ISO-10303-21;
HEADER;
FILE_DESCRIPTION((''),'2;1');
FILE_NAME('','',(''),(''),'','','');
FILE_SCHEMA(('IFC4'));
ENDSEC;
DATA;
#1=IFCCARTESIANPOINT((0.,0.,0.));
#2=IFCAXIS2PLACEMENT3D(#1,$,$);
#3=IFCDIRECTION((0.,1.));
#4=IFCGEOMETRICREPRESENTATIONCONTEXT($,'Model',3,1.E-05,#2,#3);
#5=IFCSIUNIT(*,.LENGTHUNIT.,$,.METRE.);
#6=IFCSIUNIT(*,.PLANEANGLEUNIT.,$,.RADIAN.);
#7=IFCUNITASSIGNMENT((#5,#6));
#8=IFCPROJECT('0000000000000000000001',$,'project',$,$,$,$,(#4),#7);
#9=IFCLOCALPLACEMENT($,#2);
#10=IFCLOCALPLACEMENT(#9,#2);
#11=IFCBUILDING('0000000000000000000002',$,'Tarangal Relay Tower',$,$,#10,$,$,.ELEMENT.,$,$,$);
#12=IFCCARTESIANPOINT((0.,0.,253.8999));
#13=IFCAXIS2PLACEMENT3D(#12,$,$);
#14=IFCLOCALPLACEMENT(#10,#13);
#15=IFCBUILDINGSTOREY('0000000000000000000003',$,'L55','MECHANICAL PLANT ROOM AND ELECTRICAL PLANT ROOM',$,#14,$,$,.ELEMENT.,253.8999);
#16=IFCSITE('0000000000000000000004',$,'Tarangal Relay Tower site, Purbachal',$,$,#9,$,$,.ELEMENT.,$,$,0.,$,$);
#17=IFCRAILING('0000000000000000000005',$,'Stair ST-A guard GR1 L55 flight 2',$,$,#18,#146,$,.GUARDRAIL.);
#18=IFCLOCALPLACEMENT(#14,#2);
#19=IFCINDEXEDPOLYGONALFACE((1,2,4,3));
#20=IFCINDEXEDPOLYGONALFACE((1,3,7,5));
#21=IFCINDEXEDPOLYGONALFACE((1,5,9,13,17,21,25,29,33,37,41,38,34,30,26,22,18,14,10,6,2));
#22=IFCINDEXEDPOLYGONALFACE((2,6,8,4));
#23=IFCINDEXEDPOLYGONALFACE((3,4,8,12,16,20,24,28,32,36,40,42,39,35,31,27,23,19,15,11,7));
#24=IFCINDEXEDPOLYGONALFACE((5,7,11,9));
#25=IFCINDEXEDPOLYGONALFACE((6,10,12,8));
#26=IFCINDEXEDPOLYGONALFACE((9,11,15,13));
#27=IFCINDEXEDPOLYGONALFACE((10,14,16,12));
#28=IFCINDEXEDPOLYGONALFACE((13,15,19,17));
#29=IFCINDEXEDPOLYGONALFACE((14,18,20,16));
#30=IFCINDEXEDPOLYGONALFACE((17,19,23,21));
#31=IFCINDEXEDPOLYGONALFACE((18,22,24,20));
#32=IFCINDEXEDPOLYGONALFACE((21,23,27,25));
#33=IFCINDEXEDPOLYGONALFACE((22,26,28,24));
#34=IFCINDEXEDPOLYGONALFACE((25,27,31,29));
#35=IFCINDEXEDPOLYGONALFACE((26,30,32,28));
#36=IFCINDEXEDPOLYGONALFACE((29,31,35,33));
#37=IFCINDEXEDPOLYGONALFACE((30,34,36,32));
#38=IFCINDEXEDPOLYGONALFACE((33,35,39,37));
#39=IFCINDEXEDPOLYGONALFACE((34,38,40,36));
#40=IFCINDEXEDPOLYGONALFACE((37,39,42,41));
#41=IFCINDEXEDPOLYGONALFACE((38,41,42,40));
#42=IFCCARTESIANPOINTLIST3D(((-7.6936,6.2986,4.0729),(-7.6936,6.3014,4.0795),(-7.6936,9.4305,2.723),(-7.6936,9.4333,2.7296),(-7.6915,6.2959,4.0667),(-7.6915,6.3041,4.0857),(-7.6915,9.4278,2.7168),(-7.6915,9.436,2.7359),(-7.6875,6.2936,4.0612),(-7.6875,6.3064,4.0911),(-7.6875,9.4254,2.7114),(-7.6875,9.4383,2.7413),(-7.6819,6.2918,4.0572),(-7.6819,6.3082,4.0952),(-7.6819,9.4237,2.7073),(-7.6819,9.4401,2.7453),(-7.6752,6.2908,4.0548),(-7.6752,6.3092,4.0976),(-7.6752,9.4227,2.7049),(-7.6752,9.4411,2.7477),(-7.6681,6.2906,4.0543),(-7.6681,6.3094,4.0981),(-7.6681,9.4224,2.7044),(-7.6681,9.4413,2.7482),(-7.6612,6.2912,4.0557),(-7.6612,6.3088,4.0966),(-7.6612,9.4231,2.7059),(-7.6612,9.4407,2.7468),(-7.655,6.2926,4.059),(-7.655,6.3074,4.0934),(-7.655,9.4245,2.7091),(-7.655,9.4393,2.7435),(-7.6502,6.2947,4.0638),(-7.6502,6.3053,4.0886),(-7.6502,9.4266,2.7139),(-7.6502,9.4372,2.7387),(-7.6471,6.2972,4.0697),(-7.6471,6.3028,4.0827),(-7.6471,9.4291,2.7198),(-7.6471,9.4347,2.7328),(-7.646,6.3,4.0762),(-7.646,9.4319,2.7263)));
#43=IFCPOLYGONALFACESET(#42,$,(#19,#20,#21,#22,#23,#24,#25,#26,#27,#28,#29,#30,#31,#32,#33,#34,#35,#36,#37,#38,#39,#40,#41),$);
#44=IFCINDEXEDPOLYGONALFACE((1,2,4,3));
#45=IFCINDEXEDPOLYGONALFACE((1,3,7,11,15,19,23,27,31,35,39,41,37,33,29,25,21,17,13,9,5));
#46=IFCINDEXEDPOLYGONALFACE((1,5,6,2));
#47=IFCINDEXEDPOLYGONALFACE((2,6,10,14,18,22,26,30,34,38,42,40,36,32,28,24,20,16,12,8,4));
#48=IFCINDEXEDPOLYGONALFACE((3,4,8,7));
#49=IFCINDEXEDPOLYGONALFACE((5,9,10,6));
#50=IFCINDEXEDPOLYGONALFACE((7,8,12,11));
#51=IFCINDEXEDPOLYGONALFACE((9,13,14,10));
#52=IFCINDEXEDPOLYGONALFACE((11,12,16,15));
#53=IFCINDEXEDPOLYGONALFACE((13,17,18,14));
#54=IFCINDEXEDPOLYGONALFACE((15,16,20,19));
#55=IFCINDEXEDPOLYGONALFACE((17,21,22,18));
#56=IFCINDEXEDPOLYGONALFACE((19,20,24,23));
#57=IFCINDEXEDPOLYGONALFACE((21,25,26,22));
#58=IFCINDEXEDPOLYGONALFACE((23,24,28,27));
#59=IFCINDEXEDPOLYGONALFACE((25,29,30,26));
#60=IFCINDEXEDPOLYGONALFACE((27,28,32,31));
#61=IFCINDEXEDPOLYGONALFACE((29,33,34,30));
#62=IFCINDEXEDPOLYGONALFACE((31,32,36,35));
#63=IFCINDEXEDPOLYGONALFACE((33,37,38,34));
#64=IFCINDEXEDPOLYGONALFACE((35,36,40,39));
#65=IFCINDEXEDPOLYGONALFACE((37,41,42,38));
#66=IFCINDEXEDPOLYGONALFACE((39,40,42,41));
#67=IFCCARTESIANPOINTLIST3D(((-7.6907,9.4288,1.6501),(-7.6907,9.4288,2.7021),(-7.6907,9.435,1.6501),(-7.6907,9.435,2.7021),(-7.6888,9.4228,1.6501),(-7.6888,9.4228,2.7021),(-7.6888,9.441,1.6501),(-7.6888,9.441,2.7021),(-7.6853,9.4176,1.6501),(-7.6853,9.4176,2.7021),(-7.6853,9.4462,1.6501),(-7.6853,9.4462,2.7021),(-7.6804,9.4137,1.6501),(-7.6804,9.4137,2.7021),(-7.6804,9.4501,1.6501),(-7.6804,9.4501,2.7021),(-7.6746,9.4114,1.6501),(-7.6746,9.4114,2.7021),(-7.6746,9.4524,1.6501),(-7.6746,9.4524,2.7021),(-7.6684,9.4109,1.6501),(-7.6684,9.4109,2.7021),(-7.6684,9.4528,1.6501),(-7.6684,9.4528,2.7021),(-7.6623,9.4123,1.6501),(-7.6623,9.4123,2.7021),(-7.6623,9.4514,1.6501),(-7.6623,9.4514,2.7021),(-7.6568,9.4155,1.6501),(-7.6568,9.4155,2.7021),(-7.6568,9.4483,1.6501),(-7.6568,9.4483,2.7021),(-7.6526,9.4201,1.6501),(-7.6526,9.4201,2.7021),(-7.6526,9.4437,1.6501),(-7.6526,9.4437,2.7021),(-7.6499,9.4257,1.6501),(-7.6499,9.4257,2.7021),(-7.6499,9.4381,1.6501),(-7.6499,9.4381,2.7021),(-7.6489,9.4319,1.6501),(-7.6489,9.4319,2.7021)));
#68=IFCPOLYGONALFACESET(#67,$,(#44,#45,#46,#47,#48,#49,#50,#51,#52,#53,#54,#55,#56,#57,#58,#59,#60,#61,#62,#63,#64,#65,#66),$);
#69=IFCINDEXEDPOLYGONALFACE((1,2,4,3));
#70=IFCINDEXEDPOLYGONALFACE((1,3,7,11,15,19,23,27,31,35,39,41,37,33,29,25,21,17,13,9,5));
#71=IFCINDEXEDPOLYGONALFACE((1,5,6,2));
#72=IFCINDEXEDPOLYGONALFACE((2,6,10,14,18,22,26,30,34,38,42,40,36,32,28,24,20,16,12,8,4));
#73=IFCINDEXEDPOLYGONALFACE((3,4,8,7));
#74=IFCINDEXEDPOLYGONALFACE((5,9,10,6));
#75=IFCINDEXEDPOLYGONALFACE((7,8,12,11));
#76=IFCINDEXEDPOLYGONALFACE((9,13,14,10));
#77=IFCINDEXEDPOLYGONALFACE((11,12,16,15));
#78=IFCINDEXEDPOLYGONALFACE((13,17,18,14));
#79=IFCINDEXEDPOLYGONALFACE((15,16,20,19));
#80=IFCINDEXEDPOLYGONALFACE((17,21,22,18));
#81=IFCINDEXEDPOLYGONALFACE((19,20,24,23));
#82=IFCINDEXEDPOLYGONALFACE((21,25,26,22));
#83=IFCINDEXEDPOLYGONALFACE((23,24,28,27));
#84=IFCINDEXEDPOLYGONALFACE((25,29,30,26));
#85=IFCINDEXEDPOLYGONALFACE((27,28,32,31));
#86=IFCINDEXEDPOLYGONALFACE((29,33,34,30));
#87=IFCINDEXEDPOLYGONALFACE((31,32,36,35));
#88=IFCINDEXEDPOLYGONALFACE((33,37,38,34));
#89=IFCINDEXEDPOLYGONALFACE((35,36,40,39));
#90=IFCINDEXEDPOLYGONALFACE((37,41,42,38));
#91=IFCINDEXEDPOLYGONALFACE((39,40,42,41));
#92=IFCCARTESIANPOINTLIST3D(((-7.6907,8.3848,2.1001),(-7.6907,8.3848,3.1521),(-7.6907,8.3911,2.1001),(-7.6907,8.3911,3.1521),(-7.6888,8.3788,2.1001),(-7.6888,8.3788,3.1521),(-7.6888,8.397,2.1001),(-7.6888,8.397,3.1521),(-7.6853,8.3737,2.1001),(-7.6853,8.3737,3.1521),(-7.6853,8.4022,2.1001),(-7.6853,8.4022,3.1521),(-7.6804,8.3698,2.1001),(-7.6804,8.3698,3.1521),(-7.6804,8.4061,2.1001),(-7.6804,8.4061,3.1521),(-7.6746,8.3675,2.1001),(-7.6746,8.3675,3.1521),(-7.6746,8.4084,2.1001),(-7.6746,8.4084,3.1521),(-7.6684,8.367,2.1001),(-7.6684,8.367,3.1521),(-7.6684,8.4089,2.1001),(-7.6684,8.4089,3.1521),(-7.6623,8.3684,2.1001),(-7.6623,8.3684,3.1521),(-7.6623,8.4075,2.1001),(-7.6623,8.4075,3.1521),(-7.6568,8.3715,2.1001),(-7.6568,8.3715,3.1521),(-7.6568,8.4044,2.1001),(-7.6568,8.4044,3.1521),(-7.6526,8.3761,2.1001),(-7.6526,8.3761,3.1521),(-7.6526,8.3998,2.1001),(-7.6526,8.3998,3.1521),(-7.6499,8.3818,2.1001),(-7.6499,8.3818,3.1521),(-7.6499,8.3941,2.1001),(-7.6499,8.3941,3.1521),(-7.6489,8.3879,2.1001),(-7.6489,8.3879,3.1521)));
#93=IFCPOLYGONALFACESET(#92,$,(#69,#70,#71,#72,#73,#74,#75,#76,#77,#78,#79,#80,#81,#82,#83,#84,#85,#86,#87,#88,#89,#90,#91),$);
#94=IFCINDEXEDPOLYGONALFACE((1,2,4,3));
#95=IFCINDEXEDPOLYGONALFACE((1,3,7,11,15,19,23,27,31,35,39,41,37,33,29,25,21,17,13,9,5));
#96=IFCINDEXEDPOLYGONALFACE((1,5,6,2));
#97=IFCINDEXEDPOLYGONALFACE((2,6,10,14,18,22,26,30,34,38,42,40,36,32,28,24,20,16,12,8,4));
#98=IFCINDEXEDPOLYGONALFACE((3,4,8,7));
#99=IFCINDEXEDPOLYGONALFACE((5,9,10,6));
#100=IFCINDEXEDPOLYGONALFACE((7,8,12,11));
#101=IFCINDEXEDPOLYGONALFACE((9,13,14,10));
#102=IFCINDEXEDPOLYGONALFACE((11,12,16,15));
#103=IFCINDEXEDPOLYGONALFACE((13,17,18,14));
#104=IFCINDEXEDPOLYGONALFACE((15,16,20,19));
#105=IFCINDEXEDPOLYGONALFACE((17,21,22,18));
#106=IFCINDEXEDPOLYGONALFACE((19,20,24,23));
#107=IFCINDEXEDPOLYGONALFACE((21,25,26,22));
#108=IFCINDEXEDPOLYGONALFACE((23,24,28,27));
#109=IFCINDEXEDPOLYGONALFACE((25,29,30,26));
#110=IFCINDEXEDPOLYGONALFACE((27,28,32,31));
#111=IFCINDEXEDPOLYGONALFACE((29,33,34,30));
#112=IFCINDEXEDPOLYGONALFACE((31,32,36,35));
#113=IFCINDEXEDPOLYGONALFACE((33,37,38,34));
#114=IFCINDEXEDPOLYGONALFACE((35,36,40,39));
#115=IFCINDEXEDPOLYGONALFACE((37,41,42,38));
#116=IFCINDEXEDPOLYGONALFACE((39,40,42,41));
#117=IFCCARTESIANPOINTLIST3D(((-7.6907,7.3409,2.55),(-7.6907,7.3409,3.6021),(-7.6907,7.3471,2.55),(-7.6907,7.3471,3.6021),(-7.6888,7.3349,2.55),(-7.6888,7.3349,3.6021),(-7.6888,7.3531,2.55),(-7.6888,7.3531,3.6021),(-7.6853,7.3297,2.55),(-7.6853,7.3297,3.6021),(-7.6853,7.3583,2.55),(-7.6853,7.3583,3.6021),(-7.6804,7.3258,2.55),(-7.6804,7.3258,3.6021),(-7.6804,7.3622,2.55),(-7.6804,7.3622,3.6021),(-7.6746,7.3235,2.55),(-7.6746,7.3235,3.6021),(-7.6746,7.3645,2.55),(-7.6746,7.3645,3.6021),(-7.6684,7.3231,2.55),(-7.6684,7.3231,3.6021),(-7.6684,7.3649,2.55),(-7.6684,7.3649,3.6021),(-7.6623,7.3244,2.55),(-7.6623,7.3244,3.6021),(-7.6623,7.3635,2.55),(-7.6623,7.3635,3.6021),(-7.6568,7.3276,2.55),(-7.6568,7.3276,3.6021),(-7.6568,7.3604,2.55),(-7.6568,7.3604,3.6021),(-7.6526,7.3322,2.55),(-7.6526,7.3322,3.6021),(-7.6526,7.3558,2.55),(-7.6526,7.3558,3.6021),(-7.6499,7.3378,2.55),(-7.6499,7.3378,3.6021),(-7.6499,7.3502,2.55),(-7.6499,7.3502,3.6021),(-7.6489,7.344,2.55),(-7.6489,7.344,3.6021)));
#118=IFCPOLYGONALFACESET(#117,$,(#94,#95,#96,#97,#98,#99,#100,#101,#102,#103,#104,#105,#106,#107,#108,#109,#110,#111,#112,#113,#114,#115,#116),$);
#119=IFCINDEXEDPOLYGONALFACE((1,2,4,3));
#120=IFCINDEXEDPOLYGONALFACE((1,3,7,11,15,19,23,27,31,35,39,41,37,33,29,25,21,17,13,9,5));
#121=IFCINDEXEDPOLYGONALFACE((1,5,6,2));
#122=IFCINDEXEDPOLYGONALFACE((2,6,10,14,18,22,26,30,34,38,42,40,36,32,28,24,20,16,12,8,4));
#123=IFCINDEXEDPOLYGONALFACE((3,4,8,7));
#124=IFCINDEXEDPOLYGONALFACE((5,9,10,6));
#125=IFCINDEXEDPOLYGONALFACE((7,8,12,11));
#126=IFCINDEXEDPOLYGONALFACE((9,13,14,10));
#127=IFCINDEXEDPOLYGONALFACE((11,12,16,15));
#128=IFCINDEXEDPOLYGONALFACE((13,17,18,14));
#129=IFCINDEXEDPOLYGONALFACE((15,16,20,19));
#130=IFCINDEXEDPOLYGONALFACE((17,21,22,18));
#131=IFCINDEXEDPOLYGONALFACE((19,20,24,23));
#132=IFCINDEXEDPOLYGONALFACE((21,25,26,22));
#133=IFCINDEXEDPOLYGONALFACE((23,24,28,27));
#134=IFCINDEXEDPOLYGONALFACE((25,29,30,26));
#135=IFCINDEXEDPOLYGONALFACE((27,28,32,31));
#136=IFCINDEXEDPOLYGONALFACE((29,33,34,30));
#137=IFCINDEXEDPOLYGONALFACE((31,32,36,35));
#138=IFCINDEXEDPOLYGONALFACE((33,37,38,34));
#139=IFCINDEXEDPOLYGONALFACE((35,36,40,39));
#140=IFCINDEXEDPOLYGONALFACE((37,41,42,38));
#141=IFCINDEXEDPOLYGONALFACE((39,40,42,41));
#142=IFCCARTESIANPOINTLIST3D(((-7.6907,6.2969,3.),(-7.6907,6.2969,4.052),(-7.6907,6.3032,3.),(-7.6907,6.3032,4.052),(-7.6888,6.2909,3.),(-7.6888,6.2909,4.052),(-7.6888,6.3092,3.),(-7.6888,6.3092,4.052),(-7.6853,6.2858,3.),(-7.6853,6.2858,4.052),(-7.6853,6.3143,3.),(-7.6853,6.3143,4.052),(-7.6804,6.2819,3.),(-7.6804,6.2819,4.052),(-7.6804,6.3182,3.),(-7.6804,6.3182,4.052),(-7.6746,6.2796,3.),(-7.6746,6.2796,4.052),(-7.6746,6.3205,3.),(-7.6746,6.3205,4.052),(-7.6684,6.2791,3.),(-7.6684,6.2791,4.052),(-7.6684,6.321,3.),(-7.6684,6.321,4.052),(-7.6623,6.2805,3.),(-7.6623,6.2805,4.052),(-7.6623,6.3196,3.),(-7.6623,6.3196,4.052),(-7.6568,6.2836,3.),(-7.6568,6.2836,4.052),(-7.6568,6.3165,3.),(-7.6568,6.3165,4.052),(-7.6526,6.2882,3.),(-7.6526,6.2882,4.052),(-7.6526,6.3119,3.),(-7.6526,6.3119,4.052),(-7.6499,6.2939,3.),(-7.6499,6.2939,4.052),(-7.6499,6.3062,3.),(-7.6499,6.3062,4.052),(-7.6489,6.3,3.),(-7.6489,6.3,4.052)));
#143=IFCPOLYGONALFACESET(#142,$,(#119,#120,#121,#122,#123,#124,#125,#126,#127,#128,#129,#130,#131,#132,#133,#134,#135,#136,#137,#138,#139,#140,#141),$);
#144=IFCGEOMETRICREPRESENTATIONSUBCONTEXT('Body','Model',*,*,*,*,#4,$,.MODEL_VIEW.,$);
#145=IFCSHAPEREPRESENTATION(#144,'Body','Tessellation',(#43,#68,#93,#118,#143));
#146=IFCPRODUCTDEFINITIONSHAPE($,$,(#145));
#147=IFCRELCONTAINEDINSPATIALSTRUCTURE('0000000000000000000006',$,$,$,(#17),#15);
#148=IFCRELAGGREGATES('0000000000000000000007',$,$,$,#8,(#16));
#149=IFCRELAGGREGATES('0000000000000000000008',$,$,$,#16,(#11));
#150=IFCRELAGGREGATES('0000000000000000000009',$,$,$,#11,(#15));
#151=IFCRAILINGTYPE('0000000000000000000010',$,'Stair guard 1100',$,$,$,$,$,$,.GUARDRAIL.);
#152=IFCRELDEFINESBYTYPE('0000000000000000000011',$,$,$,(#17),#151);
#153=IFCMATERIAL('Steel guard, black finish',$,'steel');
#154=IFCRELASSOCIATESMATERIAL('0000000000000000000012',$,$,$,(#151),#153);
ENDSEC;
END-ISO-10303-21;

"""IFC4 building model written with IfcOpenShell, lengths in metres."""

from ifc_helpers import new_model, si_unit, direction, frame, origin, origin_2d, place, context, subcontext, project, spatial, circle, extrude, material, type_object, element, save


model = new_model("IFC4")

# Units and contexts
model_context = context("Model", 3, precision=1e-05, world=origin(), true_north=direction((0.0, 1.0)))
body_context = subcontext(model_context, "Body", "Model", "MODEL_VIEW")
ifc_project = project(units=[si_unit("LENGTHUNIT", "METRE"), si_unit("PLANEANGLEUNIT", "RADIAN")], contexts=[model_context])

# Site, building, storey
site_placement = place(None, origin())
site = spatial("IfcSite", under=ifc_project, at=site_placement, Name="Tarangal Relay Tower site, Purbachal", CompositionType="ELEMENT", RefElevation=0.0)
building_placement = place(site_placement, origin())
building = spatial("IfcBuilding", under=site, at=building_placement, Name="Tarangal Relay Tower", CompositionType="ELEMENT")
storey_placement = place(building_placement, frame((0.0, 0.0, 253.8999)))
storey = spatial("IfcBuildingStorey", under=building, at=storey_placement, Name="L55", Description="MECHANICAL PLANT ROOM AND ELECTRICAL PLANT ROOM", CompositionType="ELEMENT", Elevation=253.8999)

# Railing
ifc_material_1 = material(Name="Steel guard, black finish", Category="steel")
railing_type_1 = type_object("IfcRailingType", Name="Stair guard 1100", PredefinedType="GUARDRAIL", material=ifc_material_1)
for number, where, name in (
    (1, (-7.6699, 9.4319, 1.6501), "Stair ST-A guard GR1 L55 flight 2"),
):
    element("IfcRailing", number, at=place(storey_placement, frame(where)), inside=storey, type_object=railing_type_1, Name=name, PredefinedType="GUARDRAIL", context=body_context, shape_type="SweptSolid", body=[
        extrude(circle(Radius=0.0239, at=origin_2d()), frame((0.0, 0.0, 1.0762), z_axis=(0.0, -0.918332, 0.395811), x_axis=(1.0, 0.0, 0.0)), (0.0, 0.0, 1.0), 3.4104),
        extrude(circle(Radius=0.021, at=origin_2d()), origin(), (0.0, 0.0, 1.0), 1.052),
        extrude(circle(Radius=0.021, at=origin_2d()), frame((0.0, -1.0439, 0.45)), (0.0, 0.0, 1.0), 1.052),
        extrude(circle(Radius=0.021, at=origin_2d()), frame((0.0, -2.0879, 0.8999)), (0.0, 0.0, 1.0), 1.052),
        extrude(circle(Radius=0.021, at=origin_2d()), frame((0.0, -3.1318, 1.3499)), (0.0, 0.0, 1.0), 1.052),
    ])

save(model, "model.ifc")
